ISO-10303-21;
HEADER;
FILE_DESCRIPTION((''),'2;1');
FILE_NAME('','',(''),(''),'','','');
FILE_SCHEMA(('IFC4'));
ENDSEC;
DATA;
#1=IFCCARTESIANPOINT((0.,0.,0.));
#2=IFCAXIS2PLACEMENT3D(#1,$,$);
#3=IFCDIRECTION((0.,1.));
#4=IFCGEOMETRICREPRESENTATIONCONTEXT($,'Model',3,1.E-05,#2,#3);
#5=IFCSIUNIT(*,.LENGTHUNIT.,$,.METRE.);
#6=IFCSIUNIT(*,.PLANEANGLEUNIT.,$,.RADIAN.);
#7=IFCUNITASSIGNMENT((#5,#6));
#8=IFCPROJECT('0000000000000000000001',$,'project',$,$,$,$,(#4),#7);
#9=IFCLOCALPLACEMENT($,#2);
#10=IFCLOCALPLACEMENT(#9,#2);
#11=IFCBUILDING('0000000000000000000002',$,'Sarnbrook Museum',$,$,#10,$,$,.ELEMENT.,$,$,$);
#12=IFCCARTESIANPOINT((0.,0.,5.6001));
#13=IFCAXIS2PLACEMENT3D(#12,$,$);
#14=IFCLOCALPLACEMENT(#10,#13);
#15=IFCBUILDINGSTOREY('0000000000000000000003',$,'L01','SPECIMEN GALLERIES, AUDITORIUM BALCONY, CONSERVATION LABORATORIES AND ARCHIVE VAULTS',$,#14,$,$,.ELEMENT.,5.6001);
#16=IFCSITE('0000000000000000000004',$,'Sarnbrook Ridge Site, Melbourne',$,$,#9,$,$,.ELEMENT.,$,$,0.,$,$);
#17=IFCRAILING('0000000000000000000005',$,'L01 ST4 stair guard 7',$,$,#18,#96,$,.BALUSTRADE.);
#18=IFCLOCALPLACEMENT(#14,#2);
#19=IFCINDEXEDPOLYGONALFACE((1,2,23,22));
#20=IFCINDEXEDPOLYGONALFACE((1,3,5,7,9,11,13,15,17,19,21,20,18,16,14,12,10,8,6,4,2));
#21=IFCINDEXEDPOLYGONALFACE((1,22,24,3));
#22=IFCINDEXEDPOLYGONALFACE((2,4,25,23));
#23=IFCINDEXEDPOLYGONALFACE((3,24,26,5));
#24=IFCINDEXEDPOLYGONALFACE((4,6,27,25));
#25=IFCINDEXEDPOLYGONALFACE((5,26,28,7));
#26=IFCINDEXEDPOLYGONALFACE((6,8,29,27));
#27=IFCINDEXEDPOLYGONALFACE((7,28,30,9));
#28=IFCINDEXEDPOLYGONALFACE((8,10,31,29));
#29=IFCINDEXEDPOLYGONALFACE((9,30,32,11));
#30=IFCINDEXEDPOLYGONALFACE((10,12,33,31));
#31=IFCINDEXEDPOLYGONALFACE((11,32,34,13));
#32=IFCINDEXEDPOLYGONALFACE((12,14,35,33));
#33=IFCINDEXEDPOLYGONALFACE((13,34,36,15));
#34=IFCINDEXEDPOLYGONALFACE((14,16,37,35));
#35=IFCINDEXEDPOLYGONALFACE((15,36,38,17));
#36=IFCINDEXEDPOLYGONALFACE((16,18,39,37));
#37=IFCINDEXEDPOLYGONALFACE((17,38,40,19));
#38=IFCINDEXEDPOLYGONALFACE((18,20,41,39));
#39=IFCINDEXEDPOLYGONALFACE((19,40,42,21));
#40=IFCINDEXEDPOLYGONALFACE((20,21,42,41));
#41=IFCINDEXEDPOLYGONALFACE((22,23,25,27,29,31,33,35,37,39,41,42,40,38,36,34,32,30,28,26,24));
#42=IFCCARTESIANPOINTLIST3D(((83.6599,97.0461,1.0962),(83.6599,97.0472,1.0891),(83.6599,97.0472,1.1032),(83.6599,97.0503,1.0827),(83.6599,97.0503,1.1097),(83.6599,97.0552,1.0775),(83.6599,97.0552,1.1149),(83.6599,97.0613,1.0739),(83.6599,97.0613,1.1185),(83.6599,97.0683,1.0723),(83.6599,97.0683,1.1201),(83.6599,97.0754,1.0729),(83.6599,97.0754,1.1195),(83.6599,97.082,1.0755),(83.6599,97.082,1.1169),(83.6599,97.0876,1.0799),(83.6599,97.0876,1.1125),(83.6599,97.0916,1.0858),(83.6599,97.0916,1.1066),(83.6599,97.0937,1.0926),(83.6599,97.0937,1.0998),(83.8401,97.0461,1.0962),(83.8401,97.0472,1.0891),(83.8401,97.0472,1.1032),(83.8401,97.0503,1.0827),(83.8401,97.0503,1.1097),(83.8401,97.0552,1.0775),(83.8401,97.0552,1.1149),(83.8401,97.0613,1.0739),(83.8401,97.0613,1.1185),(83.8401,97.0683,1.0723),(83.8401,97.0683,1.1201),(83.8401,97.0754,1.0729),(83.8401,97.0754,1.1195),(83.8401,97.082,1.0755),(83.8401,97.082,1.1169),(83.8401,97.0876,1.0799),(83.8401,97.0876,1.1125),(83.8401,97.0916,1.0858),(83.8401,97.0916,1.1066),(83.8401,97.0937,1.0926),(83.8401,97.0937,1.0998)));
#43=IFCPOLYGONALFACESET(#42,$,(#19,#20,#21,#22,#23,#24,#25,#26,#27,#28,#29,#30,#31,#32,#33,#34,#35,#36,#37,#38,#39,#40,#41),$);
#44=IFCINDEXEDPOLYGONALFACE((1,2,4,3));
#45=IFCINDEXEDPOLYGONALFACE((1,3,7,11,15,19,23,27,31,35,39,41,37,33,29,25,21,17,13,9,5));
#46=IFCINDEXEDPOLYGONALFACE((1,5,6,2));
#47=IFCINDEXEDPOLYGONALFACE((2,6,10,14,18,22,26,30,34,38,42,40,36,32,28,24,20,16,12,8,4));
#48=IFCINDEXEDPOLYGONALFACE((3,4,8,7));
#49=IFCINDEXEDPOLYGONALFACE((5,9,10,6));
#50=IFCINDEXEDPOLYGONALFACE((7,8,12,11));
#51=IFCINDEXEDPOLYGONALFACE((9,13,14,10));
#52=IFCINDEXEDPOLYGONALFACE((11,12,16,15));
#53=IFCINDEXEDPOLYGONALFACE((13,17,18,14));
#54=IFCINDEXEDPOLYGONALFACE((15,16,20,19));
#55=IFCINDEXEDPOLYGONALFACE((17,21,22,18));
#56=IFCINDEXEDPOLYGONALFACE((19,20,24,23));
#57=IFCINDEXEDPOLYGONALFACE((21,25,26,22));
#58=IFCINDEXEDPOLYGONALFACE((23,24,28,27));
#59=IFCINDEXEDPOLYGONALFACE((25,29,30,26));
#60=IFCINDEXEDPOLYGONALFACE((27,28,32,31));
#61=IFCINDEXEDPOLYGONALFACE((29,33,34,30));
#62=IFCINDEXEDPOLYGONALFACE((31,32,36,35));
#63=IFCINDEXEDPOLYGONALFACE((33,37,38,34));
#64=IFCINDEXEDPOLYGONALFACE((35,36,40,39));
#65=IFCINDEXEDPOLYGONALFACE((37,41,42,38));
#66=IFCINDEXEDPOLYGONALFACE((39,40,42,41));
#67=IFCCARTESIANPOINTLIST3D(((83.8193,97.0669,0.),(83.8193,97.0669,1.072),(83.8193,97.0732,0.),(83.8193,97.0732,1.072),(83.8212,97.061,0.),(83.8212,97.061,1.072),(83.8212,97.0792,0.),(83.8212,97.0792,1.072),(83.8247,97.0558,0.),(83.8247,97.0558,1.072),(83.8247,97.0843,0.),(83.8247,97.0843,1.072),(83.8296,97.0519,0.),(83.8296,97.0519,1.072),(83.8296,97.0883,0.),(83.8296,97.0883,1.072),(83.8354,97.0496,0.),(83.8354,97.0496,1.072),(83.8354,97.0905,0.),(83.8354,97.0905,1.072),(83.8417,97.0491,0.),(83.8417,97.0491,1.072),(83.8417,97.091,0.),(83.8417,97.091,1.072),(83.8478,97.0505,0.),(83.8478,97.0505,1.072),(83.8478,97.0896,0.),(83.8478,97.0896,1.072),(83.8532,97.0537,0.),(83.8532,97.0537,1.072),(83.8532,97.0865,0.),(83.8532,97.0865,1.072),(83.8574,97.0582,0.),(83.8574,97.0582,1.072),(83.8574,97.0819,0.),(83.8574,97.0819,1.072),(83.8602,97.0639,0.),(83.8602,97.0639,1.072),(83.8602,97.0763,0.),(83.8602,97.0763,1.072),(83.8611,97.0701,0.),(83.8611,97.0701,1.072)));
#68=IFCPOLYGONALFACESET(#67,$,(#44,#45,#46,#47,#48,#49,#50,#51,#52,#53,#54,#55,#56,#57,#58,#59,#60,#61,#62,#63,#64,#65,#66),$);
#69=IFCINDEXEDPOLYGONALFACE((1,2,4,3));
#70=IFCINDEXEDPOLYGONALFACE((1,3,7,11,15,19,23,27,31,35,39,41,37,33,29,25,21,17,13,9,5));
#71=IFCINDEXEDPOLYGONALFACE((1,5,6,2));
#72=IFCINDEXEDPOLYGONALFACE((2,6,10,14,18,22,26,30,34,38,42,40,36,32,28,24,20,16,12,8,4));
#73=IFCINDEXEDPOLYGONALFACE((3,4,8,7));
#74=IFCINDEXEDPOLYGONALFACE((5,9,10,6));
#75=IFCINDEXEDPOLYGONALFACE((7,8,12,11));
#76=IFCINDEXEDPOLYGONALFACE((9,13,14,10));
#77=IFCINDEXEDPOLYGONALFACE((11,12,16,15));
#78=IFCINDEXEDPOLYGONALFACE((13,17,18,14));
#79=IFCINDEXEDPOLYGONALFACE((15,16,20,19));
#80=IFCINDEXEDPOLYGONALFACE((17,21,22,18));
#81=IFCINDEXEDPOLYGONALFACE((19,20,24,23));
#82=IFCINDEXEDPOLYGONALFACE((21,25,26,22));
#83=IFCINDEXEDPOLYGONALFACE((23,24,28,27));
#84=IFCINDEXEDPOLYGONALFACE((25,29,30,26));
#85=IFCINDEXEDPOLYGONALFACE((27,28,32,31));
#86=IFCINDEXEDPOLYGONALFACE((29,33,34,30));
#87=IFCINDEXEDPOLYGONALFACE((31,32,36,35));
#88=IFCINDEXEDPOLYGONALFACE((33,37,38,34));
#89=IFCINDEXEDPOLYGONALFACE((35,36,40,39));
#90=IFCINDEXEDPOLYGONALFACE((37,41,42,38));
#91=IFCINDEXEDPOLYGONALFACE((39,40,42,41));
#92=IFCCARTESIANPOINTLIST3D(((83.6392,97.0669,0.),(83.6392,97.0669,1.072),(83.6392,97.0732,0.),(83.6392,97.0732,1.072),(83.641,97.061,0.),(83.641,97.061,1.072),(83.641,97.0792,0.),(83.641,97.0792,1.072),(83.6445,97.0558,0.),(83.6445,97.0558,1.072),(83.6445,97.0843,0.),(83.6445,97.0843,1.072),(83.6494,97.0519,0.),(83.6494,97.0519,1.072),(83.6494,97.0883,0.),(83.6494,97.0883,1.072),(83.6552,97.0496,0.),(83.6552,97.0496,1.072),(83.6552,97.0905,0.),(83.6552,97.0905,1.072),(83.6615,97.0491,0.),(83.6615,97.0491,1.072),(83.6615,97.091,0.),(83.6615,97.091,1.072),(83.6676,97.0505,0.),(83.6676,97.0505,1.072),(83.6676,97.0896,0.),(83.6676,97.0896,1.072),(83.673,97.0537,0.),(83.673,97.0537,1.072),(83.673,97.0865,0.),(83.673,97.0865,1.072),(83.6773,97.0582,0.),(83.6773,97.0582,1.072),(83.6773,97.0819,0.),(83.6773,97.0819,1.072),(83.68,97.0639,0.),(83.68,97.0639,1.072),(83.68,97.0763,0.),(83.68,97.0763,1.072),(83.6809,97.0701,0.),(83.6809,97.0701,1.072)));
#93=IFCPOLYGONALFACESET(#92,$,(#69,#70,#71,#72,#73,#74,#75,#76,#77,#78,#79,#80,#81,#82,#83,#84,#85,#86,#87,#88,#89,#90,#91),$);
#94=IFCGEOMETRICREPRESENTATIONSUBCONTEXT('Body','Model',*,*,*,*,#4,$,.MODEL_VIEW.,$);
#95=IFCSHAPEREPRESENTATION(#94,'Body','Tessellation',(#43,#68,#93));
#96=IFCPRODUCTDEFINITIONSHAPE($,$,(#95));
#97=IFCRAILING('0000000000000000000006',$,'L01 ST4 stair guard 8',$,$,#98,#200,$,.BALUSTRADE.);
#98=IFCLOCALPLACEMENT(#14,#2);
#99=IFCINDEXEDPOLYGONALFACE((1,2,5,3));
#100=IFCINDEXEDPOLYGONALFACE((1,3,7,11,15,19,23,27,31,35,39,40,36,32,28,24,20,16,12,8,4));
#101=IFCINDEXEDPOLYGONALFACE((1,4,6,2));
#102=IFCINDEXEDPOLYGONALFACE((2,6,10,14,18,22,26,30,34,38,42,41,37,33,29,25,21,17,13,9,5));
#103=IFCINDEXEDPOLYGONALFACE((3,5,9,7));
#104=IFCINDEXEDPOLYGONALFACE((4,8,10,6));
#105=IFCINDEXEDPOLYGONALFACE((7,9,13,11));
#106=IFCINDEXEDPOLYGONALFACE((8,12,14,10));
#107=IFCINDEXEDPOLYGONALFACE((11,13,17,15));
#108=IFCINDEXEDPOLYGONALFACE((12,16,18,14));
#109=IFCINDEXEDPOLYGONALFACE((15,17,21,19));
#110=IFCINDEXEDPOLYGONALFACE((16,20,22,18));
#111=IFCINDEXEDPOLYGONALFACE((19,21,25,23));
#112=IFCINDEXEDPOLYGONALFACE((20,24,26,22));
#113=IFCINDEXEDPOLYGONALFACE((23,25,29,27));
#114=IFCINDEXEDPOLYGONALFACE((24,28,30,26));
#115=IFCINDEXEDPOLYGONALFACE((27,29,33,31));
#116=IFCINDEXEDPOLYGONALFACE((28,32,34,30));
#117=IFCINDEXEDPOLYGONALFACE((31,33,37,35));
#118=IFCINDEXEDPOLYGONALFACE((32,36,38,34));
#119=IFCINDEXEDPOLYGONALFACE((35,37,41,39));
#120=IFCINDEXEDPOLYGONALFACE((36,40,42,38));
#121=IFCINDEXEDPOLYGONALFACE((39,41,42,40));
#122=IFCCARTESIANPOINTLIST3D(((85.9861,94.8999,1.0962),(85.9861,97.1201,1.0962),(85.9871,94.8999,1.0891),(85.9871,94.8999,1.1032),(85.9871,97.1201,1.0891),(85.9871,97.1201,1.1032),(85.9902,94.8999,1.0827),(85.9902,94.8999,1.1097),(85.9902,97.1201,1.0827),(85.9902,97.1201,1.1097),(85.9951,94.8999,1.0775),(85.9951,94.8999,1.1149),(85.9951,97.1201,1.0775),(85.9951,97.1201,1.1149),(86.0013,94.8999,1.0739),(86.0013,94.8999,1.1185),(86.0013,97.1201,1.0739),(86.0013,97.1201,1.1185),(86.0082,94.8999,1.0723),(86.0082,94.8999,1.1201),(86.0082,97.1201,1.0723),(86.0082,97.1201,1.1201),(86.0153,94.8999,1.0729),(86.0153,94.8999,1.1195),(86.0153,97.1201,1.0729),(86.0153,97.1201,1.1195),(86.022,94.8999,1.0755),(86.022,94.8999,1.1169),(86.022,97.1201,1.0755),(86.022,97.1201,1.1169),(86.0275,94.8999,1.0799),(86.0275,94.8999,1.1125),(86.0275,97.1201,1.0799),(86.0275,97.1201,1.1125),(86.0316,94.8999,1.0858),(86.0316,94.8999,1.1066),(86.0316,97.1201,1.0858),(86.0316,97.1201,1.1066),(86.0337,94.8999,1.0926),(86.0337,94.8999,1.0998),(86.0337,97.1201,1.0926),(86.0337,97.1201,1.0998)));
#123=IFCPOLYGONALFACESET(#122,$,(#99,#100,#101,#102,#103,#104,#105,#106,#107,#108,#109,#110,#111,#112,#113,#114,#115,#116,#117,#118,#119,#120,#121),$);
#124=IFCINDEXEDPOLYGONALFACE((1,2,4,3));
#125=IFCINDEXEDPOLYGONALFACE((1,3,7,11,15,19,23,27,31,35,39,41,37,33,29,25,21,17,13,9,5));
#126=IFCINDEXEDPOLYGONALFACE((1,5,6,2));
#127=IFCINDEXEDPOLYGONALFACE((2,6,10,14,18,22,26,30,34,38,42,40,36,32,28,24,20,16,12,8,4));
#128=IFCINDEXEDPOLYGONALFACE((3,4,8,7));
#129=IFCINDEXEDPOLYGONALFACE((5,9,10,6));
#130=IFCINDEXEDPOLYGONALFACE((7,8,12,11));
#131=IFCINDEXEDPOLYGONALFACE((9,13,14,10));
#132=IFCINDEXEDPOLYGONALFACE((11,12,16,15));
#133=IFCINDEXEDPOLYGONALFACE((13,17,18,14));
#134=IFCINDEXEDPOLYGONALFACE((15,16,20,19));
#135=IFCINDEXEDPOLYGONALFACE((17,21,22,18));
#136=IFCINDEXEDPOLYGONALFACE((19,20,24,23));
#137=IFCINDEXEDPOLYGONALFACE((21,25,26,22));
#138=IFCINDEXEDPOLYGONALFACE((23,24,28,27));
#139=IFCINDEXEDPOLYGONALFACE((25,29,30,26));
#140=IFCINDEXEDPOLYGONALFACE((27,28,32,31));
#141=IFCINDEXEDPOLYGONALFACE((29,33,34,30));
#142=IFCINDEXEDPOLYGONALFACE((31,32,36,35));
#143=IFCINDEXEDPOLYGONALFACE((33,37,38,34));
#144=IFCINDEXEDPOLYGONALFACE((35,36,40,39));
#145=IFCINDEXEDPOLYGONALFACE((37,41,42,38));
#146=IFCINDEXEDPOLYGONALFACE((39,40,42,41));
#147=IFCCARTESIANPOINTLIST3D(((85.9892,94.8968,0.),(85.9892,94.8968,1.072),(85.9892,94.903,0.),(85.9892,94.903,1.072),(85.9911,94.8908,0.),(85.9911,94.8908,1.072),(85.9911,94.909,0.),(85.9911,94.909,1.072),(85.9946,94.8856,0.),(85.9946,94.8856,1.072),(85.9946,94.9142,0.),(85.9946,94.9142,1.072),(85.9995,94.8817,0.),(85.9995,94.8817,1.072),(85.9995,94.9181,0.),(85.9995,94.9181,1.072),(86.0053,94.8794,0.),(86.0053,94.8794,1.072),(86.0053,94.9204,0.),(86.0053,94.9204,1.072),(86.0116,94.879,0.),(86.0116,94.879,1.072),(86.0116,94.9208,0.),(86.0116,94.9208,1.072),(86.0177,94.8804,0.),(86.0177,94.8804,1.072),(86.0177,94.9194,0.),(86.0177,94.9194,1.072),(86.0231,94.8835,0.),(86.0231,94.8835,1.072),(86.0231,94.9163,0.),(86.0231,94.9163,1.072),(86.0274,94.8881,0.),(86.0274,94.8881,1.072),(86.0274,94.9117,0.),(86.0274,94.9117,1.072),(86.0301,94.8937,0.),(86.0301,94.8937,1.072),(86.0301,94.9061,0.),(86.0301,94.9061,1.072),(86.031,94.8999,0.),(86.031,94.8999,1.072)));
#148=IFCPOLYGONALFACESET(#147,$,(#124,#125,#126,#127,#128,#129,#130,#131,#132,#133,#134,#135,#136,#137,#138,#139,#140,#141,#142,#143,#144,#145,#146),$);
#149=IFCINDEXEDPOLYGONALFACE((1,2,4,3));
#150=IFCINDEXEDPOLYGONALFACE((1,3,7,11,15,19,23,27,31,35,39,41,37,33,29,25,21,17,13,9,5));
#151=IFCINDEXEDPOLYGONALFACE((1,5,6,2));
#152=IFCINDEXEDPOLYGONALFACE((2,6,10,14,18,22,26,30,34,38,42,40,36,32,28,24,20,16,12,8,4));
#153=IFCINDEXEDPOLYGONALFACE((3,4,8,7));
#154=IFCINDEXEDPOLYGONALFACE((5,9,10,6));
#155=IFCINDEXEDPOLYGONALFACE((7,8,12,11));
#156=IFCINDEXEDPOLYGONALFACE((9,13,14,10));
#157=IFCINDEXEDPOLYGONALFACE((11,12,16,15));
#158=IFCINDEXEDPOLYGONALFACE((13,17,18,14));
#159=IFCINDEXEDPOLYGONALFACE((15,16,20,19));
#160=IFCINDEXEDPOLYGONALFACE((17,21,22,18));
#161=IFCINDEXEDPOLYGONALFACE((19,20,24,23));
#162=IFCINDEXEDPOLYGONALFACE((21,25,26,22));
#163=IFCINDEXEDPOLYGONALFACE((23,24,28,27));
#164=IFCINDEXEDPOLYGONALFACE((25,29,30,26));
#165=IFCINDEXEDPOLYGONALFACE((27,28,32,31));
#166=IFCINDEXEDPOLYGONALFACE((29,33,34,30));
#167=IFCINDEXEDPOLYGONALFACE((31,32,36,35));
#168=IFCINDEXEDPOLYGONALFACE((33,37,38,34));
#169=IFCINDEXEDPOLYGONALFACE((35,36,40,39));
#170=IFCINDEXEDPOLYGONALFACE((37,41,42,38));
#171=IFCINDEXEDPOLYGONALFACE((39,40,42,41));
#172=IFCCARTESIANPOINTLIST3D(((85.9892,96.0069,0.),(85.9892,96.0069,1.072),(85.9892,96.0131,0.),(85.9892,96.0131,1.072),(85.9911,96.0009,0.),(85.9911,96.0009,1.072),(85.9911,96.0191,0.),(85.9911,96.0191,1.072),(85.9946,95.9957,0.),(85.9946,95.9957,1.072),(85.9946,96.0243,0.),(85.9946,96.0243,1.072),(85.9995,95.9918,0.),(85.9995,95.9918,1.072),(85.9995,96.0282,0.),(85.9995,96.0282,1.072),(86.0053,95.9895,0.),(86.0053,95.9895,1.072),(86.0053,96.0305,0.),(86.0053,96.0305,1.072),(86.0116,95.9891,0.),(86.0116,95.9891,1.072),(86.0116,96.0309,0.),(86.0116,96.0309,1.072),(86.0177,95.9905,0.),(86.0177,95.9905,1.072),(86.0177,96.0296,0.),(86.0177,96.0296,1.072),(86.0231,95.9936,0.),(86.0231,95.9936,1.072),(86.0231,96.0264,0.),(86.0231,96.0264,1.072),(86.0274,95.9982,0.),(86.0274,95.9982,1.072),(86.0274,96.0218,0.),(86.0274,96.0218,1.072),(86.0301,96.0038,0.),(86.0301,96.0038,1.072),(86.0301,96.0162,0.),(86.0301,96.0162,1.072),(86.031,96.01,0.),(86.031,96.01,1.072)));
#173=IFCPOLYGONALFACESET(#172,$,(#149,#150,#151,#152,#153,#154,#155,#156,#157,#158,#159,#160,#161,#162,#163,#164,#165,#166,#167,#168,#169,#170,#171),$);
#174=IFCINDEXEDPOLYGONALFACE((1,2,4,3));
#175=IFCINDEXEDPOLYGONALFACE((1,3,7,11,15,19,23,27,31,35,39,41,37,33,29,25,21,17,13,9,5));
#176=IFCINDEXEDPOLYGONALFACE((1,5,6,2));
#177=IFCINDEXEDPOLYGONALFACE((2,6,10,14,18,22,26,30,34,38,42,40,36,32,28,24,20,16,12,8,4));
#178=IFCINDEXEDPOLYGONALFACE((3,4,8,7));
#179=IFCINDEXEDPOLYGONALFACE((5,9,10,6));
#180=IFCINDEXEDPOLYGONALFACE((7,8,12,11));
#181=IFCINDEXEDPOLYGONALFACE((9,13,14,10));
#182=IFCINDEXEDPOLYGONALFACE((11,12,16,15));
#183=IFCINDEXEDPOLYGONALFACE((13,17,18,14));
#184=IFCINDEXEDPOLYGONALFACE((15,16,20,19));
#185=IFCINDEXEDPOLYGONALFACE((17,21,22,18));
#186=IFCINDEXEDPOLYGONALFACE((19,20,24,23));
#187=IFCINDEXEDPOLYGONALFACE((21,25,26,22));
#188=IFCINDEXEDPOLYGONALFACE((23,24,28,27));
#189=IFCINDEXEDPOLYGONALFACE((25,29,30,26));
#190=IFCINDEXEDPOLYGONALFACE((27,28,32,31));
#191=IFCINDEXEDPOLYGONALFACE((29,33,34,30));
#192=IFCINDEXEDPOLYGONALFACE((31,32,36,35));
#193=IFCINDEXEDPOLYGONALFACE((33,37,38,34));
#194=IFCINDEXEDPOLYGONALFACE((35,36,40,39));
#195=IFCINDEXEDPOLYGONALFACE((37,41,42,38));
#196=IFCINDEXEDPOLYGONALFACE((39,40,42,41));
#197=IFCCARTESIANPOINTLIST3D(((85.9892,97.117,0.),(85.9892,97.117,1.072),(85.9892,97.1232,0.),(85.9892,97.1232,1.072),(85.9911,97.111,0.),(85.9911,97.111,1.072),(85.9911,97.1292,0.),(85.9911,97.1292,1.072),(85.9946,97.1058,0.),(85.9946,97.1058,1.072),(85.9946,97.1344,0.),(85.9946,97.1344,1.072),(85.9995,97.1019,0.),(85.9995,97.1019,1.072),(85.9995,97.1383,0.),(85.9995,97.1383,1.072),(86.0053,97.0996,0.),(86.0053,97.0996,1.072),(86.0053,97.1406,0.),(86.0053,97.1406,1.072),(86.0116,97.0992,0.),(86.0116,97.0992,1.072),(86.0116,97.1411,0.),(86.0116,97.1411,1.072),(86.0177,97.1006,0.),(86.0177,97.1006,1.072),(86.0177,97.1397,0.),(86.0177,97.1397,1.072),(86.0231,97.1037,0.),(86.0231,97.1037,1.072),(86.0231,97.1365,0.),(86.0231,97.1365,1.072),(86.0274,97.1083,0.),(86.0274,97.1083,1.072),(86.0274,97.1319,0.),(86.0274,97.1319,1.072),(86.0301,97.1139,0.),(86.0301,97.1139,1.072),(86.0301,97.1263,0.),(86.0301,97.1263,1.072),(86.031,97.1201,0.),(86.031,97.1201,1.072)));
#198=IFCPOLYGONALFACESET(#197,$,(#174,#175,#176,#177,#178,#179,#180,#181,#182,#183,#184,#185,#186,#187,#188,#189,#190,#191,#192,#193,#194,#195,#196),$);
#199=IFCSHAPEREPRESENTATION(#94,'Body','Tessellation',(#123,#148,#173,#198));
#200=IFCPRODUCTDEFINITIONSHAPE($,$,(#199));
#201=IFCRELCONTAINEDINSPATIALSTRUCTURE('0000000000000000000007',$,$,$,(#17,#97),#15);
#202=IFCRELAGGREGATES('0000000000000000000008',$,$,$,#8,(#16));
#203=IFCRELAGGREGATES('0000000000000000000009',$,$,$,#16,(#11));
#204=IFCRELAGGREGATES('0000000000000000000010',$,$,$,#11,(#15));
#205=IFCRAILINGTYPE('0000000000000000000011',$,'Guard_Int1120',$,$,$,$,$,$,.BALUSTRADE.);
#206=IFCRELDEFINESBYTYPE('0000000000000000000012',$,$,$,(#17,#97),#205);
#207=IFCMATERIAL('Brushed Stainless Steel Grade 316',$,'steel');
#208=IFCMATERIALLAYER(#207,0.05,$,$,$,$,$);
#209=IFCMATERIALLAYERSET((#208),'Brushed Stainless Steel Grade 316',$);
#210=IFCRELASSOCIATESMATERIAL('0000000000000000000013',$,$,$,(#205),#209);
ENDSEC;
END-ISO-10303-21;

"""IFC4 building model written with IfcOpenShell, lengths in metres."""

from ifc_helpers import new_model, si_unit, direction, frame, origin, origin_2d, place, context, subcontext, project, spatial, circle, extrude, material, layer, layer_set, type_object, element, save


model = new_model("IFC4")

# Units and contexts
model_context = context("Model", 3, precision=1e-05, world=origin(), true_north=direction((0.0, 1.0)))
body_context = subcontext(model_context, "Body", "Model", "MODEL_VIEW")
ifc_project = project(units=[si_unit("LENGTHUNIT", "METRE"), si_unit("PLANEANGLEUNIT", "RADIAN")], contexts=[model_context])

# Site, building, storey
site_placement = place(None, origin())
site = spatial("IfcSite", under=ifc_project, at=site_placement, Name="Sarnbrook Ridge Site, Melbourne", CompositionType="ELEMENT", RefElevation=0.0)
building_placement = place(site_placement, origin())
building = spatial("IfcBuilding", under=site, at=building_placement, Name="Sarnbrook Museum", CompositionType="ELEMENT")
storey_placement = place(building_placement, frame((0.0, 0.0, 5.6001)))
storey = spatial("IfcBuildingStorey", under=building, at=storey_placement, Name="L01", Description="SPECIMEN GALLERIES, AUDITORIUM BALCONY, CONSERVATION LABORATORIES AND ARCHIVE VAULTS", CompositionType="ELEMENT", Elevation=5.6001)

# Shared definitions
ifc_material_1 = material(Name="Brushed Stainless Steel Grade 316", Category="steel")

# Railings
ifc_layer_1 = layer(ifc_material_1, 0.05)
ifc_layer_set_1 = layer_set([ifc_layer_1], Name="Brushed Stainless Steel Grade 316")
railing_type_1 = type_object("IfcRailingType", Name="Guard_Int1120", PredefinedType="BALUSTRADE", material=ifc_layer_set_1)
railing_1_placement = place(storey_placement, frame((83.8401, 97.0701, 0.0)))
element("IfcRailing", 1, at=railing_1_placement, inside=storey, type_object=railing_type_1, Name="L01 ST4 stair guard 7", PredefinedType="BALUSTRADE", context=body_context, shape_type="SweptSolid", body=[
    extrude(circle(Radius=0.0239, at=origin_2d()), frame((0.0, 0.0, 1.0962), z_axis=(-1.0, 0.0, 0.0), x_axis=(0.0, -1.0, 0.0)), (0.0, 0.0, 1.0), 0.1802),
    extrude(circle(Radius=0.021, at=origin_2d()), origin(), (0.0, 0.0, 1.0), 1.072),
    extrude(circle(Radius=0.021, at=origin_2d()), frame((-0.1802, 0.0, 0.0)), (0.0, 0.0, 1.0), 1.072),
])
for number, where, name in (
    (2, (86.01, 94.8999, 0.0), "L01 ST4 stair guard 8"),
):
    element("IfcRailing", number, at=place(storey_placement, frame(where)), inside=storey, type_object=railing_type_1, Name=name, PredefinedType="BALUSTRADE", context=body_context, shape_type="SweptSolid", body=[
        extrude(circle(Radius=0.0239, at=origin_2d()), frame((0.0, 0.0, 1.0962), z_axis=(0.0, 1.0, 0.0), x_axis=(-1.0, 0.0, 0.0)), (0.0, 0.0, 1.0), 2.2202),
        extrude(circle(Radius=0.021, at=origin_2d()), origin(), (0.0, 0.0, 1.0), 1.072),
        extrude(circle(Radius=0.021, at=origin_2d()), frame((0.0, 1.1101, 0.0)), (0.0, 0.0, 1.0), 1.072),
        extrude(circle(Radius=0.021, at=origin_2d()), frame((0.0, 2.2202, 0.0)), (0.0, 0.0, 1.0), 1.072),
    ])

save(model, "model.ifc")
